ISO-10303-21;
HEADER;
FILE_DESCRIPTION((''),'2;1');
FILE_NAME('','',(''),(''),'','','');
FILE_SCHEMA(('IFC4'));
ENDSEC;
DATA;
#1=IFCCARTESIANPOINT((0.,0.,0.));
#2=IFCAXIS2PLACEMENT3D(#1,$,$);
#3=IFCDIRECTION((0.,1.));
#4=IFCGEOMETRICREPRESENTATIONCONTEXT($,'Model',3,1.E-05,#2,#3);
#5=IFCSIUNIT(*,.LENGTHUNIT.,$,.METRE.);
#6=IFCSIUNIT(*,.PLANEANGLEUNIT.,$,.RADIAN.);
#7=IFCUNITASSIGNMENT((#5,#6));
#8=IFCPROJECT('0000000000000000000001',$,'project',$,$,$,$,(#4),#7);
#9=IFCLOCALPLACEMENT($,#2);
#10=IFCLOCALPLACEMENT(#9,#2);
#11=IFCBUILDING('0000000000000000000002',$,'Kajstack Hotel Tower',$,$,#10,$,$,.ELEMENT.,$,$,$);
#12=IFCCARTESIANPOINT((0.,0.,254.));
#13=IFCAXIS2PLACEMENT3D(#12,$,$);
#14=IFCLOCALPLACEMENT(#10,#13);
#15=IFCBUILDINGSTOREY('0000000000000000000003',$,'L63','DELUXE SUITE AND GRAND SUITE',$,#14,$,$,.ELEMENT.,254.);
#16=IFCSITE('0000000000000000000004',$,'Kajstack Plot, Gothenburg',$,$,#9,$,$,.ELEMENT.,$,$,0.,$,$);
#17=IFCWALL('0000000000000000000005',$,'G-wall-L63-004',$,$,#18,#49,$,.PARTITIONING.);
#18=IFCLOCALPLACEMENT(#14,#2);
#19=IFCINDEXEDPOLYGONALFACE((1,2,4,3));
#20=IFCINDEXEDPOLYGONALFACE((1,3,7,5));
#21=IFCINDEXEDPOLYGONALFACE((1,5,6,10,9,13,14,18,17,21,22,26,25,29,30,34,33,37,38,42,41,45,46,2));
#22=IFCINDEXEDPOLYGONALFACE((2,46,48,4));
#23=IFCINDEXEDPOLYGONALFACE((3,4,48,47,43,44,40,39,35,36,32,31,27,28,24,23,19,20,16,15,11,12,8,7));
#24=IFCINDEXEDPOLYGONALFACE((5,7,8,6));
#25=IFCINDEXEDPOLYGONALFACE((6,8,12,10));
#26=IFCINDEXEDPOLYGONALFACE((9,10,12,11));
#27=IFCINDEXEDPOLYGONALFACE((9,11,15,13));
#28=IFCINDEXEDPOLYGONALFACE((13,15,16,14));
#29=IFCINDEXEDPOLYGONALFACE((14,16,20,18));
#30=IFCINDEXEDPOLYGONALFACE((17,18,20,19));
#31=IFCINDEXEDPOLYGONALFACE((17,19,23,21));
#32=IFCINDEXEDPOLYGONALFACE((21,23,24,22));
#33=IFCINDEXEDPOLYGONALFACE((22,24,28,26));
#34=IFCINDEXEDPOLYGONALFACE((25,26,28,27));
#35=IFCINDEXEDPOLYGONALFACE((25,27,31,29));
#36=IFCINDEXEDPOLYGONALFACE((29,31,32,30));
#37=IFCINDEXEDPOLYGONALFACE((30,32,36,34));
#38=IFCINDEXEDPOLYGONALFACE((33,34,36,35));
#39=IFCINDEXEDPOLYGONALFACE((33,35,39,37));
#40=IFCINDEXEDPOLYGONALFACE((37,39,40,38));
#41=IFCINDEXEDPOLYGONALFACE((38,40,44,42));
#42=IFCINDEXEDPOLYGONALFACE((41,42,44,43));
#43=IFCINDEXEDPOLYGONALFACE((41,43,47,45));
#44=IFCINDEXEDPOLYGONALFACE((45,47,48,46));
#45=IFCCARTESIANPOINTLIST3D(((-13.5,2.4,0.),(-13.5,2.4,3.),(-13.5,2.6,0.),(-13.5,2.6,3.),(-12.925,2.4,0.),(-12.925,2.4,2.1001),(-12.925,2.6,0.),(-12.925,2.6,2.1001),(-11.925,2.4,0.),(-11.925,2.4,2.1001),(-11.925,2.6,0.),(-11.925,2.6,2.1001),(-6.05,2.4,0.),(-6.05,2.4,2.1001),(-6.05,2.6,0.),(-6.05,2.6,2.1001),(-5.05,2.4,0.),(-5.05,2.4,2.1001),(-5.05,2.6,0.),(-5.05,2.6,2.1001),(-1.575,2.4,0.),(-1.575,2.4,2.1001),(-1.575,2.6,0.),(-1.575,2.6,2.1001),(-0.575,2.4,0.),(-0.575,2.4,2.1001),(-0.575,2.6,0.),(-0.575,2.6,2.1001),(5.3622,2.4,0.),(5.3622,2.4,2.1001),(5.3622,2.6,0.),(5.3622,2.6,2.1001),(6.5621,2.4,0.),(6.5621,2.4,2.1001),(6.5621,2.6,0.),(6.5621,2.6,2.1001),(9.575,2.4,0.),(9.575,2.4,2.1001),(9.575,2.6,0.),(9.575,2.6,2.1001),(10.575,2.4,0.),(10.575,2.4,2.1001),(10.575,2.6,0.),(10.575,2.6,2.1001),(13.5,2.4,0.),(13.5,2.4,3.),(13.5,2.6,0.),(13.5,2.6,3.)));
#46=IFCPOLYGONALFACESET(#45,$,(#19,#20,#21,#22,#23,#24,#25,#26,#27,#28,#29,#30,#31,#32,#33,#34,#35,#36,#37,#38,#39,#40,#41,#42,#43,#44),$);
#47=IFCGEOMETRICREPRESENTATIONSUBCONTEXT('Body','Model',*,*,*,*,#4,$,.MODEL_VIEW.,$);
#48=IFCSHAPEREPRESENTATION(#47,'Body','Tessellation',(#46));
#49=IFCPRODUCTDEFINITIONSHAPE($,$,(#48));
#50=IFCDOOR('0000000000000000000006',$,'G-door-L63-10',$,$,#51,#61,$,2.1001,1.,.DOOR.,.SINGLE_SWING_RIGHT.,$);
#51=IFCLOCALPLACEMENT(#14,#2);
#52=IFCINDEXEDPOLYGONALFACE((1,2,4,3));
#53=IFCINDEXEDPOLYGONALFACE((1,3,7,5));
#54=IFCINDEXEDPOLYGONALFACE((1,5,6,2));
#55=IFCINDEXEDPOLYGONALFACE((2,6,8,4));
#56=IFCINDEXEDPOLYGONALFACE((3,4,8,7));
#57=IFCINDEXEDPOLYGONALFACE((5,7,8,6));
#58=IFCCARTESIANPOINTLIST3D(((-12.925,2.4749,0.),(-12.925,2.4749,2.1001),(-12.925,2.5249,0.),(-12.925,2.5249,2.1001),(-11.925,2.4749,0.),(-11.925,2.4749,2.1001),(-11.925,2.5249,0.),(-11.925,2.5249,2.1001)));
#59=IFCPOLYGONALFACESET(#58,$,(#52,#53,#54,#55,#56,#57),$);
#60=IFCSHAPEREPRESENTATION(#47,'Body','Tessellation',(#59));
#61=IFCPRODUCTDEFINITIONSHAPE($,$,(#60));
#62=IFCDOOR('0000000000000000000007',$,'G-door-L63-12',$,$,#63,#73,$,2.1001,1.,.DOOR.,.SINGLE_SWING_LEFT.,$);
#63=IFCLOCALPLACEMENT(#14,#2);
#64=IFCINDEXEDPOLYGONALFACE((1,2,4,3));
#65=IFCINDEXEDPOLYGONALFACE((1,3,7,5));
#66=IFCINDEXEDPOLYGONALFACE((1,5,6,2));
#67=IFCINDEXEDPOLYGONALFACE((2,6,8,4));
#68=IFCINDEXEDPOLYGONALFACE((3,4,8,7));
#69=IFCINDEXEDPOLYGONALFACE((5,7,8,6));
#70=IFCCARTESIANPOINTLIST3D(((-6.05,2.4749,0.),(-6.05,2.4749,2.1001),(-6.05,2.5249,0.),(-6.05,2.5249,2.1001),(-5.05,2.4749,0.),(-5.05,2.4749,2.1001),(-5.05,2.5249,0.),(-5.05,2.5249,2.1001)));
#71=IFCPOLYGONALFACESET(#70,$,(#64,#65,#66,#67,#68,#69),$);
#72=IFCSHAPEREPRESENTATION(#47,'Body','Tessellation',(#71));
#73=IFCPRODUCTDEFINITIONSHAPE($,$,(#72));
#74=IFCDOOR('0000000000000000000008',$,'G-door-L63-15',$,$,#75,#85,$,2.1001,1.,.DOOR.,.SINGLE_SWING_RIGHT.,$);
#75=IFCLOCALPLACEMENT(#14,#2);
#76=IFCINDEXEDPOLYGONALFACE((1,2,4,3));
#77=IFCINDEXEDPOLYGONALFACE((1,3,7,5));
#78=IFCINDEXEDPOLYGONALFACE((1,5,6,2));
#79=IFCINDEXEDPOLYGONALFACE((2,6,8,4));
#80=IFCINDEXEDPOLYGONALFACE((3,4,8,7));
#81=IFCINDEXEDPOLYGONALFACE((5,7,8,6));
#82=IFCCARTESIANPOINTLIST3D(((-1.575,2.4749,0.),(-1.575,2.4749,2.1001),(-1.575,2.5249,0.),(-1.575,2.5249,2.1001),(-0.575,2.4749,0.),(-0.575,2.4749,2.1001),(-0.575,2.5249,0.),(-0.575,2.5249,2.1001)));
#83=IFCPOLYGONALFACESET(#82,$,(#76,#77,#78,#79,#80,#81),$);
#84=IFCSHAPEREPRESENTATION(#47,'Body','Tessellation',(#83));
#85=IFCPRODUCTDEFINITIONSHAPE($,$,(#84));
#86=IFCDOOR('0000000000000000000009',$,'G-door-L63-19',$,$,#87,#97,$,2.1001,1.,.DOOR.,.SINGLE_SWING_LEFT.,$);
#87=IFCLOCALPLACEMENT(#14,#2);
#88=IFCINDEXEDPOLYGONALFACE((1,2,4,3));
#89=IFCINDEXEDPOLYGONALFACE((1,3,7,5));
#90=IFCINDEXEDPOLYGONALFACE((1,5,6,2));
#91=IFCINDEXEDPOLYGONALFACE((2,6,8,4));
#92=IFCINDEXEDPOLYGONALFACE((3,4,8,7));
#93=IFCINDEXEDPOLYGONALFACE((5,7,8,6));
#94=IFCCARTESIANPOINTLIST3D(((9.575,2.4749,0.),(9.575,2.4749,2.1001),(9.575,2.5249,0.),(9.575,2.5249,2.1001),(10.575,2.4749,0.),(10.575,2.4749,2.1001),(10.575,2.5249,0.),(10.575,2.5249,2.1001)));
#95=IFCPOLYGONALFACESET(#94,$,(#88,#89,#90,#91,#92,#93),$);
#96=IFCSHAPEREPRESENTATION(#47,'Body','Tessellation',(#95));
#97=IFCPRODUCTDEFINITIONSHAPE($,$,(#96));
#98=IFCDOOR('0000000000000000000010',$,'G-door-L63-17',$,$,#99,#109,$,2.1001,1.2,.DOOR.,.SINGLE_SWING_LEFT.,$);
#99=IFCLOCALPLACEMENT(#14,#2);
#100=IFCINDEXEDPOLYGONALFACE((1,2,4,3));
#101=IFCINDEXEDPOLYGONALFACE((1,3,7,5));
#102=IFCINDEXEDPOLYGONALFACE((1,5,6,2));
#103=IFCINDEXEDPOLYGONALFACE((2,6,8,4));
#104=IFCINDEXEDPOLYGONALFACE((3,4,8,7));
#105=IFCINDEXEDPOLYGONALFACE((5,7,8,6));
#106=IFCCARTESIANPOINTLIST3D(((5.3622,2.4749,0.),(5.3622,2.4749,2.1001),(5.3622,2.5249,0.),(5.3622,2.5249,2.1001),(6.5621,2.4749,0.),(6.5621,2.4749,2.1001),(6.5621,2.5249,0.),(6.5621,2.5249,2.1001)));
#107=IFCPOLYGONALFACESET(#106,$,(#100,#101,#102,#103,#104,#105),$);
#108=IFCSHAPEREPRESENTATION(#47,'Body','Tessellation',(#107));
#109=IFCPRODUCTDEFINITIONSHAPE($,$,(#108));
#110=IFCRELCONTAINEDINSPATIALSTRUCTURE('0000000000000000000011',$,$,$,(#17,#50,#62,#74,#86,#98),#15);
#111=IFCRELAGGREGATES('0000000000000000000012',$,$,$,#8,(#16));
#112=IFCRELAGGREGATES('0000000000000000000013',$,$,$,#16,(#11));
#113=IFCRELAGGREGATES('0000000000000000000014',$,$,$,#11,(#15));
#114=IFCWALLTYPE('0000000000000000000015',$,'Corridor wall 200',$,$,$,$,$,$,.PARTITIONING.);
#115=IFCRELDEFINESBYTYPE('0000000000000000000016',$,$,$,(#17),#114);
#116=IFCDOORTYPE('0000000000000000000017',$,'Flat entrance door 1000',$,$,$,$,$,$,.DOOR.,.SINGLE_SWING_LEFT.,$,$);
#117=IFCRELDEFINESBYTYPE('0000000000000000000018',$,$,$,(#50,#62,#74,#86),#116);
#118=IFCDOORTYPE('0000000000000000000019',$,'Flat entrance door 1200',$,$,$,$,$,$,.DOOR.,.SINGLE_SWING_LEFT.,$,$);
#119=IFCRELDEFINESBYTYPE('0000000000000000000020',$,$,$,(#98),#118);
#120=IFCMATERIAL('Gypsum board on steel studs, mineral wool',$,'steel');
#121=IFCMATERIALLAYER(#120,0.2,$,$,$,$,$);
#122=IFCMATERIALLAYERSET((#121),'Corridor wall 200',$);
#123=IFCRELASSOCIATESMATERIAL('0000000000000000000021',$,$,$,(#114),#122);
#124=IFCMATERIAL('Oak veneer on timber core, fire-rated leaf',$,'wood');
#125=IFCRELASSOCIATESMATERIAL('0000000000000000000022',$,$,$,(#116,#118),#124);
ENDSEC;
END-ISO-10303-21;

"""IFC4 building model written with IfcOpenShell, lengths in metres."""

from ifc_helpers import new_model, si_unit, direction, frame, frame_2d, origin, place, context, subcontext, project, spatial, rectangle, extrude, material, layer, layer_set, type_object, element, fill, save


model = new_model("IFC4")

# Units and contexts
model_context = context("Model", 3, precision=1e-05, world=origin(), true_north=direction((0.0, 1.0)))
body_context = subcontext(model_context, "Body", "Model", "MODEL_VIEW")
ifc_project = project(units=[si_unit("LENGTHUNIT", "METRE"), si_unit("PLANEANGLEUNIT", "RADIAN")], contexts=[model_context])

# Site, building, storey
site_placement = place(None, origin())
site = spatial("IfcSite", under=ifc_project, at=site_placement, Name="Kajstack Plot, Gothenburg", CompositionType="ELEMENT", RefElevation=0.0)
building_placement = place(site_placement, origin())
building = spatial("IfcBuilding", under=site, at=building_placement, Name="Kajstack Hotel Tower", CompositionType="ELEMENT")
storey_placement = place(building_placement, frame((0.0, 0.0, 254.0)))
storey = spatial("IfcBuildingStorey", under=building, at=storey_placement, Name="L63", Description="DELUXE SUITE AND GRAND SUITE", CompositionType="ELEMENT", Elevation=254.0)

# Wall, openings, doors
ifc_material_1 = material(Name="Gypsum board on steel studs, mineral wool", Category="steel")
ifc_layer_1 = layer(ifc_material_1, 0.2)
ifc_layer_set_1 = layer_set([ifc_layer_1], Name="Corridor wall 200")
wall_type_1 = type_object("IfcWallType", Name="Corridor wall 200", PredefinedType="PARTITIONING", material=ifc_layer_set_1)
wall_1_placement = place(storey_placement, frame((-13.5, 2.5, 0.0), z_axis=(0.0, 0.0, 1.0), x_axis=(1.0, 0.0, 0.0)))
wall_1 = element("IfcWall", 1, at=wall_1_placement, inside=storey, type_object=wall_type_1, Name="G-wall-L63-004", PredefinedType="PARTITIONING", context=body_context, shape_type="SweptSolid", body=[
    extrude(rectangle(XDim=27.0, YDim=0.2, at=frame_2d((13.5, 0.0))), origin(), (0.0, 0.0, 1.0), 3.0),
])
opening_1_placement = place(wall_1_placement, frame((0.575, 0.0, 0.0)))
opening_1 = element("IfcOpeningElement", 2, at=opening_1_placement, cuts=wall_1, PredefinedType="OPENING", context=body_context, shape_type="SweptSolid", body=[
    extrude(rectangle(XDim=1.0, YDim=2.1001, at=frame_2d((0.5, 1.05))), frame((0.0, 0.1099, 0.0), z_axis=(0.0, -1.0, 0.0), x_axis=(1.0, 0.0, 0.0)), (0.0, 0.0, 1.0), 0.22),
])
opening_2_placement = place(wall_1_placement, frame((7.45, 0.0, 0.0)))
opening_2 = element("IfcOpeningElement", 3, at=opening_2_placement, cuts=wall_1, PredefinedType="OPENING", context=body_context, shape_type="SweptSolid", body=[
    extrude(rectangle(XDim=1.0, YDim=2.1001, at=frame_2d((0.5, 1.05))), frame((0.0, 0.1099, 0.0), z_axis=(0.0, -1.0, 0.0), x_axis=(1.0, 0.0, 0.0)), (0.0, 0.0, 1.0), 0.22),
])
opening_3_placement = place(wall_1_placement, frame((11.925, 0.0, 0.0)))
opening_3 = element("IfcOpeningElement", 4, at=opening_3_placement, cuts=wall_1, PredefinedType="OPENING", context=body_context, shape_type="SweptSolid", body=[
    extrude(rectangle(XDim=1.0, YDim=2.1001, at=frame_2d((0.5, 1.05))), frame((0.0, 0.1099, 0.0), z_axis=(0.0, -1.0, 0.0), x_axis=(1.0, 0.0, 0.0)), (0.0, 0.0, 1.0), 0.22),
])
opening_4_placement = place(wall_1_placement, frame((18.8621, 0.0, 0.0)))
opening_4 = element("IfcOpeningElement", 5, at=opening_4_placement, cuts=wall_1, PredefinedType="OPENING", context=body_context, shape_type="SweptSolid", body=[
    extrude(rectangle(XDim=1.2, YDim=2.1001, at=frame_2d((0.6001, 1.05))), frame((0.0, 0.1099, 0.0), z_axis=(0.0, -1.0, 0.0), x_axis=(1.0, 0.0, 0.0)), (0.0, 0.0, 1.0), 0.22),
])
opening_5_placement = place(wall_1_placement, frame((23.075, 0.0, 0.0)))
opening_5 = element("IfcOpeningElement", 6, at=opening_5_placement, cuts=wall_1, PredefinedType="OPENING", context=body_context, shape_type="SweptSolid", body=[
    extrude(rectangle(XDim=1.0, YDim=2.1001, at=frame_2d((0.5, 1.05))), frame((0.0, 0.1099, 0.0), z_axis=(0.0, -1.0, 0.0), x_axis=(1.0, 0.0, 0.0)), (0.0, 0.0, 1.0), 0.22),
])
ifc_material_2 = material(Name="Oak veneer on timber core, fire-rated leaf", Category="wood")
door_type_1 = type_object("IfcDoorType", Name="Flat entrance door 1000", OperationType="SINGLE_SWING_LEFT", PredefinedType="DOOR", material=ifc_material_2)
door_1_placement = place(opening_1_placement, origin())
door_1 = element("IfcDoor", 7, at=door_1_placement, inside=storey, type_object=door_type_1, Name="G-door-L63-10", OperationType="SINGLE_SWING_RIGHT", OverallHeight=2.1001, OverallWidth=1.0, PredefinedType="DOOR", context=body_context, shape_type="SweptSolid", body=[
    extrude(rectangle(XDim=1.0, YDim=2.1001, at=frame_2d((0.5, 1.05))), frame((0.0, 0.0249, 0.0), z_axis=(0.0, -1.0, 0.0), x_axis=(1.0, 0.0, 0.0)), (0.0, 0.0, 1.0), 0.05),
])
fill(opening_1, door_1)
door_2_placement = place(opening_2_placement, origin())
door_2 = element("IfcDoor", 8, at=door_2_placement, inside=storey, type_object=door_type_1, Name="G-door-L63-12", OperationType="SINGLE_SWING_LEFT", OverallHeight=2.1001, OverallWidth=1.0, PredefinedType="DOOR", context=body_context, shape_type="SweptSolid", body=[
    extrude(rectangle(XDim=1.0, YDim=2.1001, at=frame_2d((0.5, 1.05))), frame((0.0, 0.0249, 0.0), z_axis=(0.0, -1.0, 0.0), x_axis=(1.0, 0.0, 0.0)), (0.0, 0.0, 1.0), 0.05),
])
fill(opening_2, door_2)
door_3_placement = place(opening_3_placement, origin())
door_3 = element("IfcDoor", 9, at=door_3_placement, inside=storey, type_object=door_type_1, Name="G-door-L63-15", OperationType="SINGLE_SWING_RIGHT", OverallHeight=2.1001, OverallWidth=1.0, PredefinedType="DOOR", context=body_context, shape_type="SweptSolid", body=[
    extrude(rectangle(XDim=1.0, YDim=2.1001, at=frame_2d((0.5, 1.05))), frame((0.0, 0.0249, 0.0), z_axis=(0.0, -1.0, 0.0), x_axis=(1.0, 0.0, 0.0)), (0.0, 0.0, 1.0), 0.05),
])
fill(opening_3, door_3)
door_4_placement = place(opening_5_placement, origin())
door_4 = element("IfcDoor", 10, at=door_4_placement, inside=storey, type_object=door_type_1, Name="G-door-L63-19", OperationType="SINGLE_SWING_LEFT", OverallHeight=2.1001, OverallWidth=1.0, PredefinedType="DOOR", context=body_context, shape_type="SweptSolid", body=[
    extrude(rectangle(XDim=1.0, YDim=2.1001, at=frame_2d((0.5, 1.05))), frame((0.0, 0.0249, 0.0), z_axis=(0.0, -1.0, 0.0), x_axis=(1.0, 0.0, 0.0)), (0.0, 0.0, 1.0), 0.05),
])
fill(opening_5, door_4)
door_type_2 = type_object("IfcDoorType", Name="Flat entrance door 1200", OperationType="SINGLE_SWING_LEFT", PredefinedType="DOOR", material=ifc_material_2)
door_5_placement = place(opening_4_placement, origin())
door_5 = element("IfcDoor", 11, at=door_5_placement, inside=storey, type_object=door_type_2, Name="G-door-L63-17", OperationType="SINGLE_SWING_LEFT", OverallHeight=2.1001, OverallWidth=1.2, PredefinedType="DOOR", context=body_context, shape_type="SweptSolid", body=[
    extrude(rectangle(XDim=1.2, YDim=2.1001, at=frame_2d((0.6001, 1.05))), frame((0.0, 0.0249, 0.0), z_axis=(0.0, -1.0, 0.0), x_axis=(1.0, 0.0, 0.0)), (0.0, 0.0, 1.0), 0.05),
])
fill(opening_4, door_5)

save(model, "model.ifc")
